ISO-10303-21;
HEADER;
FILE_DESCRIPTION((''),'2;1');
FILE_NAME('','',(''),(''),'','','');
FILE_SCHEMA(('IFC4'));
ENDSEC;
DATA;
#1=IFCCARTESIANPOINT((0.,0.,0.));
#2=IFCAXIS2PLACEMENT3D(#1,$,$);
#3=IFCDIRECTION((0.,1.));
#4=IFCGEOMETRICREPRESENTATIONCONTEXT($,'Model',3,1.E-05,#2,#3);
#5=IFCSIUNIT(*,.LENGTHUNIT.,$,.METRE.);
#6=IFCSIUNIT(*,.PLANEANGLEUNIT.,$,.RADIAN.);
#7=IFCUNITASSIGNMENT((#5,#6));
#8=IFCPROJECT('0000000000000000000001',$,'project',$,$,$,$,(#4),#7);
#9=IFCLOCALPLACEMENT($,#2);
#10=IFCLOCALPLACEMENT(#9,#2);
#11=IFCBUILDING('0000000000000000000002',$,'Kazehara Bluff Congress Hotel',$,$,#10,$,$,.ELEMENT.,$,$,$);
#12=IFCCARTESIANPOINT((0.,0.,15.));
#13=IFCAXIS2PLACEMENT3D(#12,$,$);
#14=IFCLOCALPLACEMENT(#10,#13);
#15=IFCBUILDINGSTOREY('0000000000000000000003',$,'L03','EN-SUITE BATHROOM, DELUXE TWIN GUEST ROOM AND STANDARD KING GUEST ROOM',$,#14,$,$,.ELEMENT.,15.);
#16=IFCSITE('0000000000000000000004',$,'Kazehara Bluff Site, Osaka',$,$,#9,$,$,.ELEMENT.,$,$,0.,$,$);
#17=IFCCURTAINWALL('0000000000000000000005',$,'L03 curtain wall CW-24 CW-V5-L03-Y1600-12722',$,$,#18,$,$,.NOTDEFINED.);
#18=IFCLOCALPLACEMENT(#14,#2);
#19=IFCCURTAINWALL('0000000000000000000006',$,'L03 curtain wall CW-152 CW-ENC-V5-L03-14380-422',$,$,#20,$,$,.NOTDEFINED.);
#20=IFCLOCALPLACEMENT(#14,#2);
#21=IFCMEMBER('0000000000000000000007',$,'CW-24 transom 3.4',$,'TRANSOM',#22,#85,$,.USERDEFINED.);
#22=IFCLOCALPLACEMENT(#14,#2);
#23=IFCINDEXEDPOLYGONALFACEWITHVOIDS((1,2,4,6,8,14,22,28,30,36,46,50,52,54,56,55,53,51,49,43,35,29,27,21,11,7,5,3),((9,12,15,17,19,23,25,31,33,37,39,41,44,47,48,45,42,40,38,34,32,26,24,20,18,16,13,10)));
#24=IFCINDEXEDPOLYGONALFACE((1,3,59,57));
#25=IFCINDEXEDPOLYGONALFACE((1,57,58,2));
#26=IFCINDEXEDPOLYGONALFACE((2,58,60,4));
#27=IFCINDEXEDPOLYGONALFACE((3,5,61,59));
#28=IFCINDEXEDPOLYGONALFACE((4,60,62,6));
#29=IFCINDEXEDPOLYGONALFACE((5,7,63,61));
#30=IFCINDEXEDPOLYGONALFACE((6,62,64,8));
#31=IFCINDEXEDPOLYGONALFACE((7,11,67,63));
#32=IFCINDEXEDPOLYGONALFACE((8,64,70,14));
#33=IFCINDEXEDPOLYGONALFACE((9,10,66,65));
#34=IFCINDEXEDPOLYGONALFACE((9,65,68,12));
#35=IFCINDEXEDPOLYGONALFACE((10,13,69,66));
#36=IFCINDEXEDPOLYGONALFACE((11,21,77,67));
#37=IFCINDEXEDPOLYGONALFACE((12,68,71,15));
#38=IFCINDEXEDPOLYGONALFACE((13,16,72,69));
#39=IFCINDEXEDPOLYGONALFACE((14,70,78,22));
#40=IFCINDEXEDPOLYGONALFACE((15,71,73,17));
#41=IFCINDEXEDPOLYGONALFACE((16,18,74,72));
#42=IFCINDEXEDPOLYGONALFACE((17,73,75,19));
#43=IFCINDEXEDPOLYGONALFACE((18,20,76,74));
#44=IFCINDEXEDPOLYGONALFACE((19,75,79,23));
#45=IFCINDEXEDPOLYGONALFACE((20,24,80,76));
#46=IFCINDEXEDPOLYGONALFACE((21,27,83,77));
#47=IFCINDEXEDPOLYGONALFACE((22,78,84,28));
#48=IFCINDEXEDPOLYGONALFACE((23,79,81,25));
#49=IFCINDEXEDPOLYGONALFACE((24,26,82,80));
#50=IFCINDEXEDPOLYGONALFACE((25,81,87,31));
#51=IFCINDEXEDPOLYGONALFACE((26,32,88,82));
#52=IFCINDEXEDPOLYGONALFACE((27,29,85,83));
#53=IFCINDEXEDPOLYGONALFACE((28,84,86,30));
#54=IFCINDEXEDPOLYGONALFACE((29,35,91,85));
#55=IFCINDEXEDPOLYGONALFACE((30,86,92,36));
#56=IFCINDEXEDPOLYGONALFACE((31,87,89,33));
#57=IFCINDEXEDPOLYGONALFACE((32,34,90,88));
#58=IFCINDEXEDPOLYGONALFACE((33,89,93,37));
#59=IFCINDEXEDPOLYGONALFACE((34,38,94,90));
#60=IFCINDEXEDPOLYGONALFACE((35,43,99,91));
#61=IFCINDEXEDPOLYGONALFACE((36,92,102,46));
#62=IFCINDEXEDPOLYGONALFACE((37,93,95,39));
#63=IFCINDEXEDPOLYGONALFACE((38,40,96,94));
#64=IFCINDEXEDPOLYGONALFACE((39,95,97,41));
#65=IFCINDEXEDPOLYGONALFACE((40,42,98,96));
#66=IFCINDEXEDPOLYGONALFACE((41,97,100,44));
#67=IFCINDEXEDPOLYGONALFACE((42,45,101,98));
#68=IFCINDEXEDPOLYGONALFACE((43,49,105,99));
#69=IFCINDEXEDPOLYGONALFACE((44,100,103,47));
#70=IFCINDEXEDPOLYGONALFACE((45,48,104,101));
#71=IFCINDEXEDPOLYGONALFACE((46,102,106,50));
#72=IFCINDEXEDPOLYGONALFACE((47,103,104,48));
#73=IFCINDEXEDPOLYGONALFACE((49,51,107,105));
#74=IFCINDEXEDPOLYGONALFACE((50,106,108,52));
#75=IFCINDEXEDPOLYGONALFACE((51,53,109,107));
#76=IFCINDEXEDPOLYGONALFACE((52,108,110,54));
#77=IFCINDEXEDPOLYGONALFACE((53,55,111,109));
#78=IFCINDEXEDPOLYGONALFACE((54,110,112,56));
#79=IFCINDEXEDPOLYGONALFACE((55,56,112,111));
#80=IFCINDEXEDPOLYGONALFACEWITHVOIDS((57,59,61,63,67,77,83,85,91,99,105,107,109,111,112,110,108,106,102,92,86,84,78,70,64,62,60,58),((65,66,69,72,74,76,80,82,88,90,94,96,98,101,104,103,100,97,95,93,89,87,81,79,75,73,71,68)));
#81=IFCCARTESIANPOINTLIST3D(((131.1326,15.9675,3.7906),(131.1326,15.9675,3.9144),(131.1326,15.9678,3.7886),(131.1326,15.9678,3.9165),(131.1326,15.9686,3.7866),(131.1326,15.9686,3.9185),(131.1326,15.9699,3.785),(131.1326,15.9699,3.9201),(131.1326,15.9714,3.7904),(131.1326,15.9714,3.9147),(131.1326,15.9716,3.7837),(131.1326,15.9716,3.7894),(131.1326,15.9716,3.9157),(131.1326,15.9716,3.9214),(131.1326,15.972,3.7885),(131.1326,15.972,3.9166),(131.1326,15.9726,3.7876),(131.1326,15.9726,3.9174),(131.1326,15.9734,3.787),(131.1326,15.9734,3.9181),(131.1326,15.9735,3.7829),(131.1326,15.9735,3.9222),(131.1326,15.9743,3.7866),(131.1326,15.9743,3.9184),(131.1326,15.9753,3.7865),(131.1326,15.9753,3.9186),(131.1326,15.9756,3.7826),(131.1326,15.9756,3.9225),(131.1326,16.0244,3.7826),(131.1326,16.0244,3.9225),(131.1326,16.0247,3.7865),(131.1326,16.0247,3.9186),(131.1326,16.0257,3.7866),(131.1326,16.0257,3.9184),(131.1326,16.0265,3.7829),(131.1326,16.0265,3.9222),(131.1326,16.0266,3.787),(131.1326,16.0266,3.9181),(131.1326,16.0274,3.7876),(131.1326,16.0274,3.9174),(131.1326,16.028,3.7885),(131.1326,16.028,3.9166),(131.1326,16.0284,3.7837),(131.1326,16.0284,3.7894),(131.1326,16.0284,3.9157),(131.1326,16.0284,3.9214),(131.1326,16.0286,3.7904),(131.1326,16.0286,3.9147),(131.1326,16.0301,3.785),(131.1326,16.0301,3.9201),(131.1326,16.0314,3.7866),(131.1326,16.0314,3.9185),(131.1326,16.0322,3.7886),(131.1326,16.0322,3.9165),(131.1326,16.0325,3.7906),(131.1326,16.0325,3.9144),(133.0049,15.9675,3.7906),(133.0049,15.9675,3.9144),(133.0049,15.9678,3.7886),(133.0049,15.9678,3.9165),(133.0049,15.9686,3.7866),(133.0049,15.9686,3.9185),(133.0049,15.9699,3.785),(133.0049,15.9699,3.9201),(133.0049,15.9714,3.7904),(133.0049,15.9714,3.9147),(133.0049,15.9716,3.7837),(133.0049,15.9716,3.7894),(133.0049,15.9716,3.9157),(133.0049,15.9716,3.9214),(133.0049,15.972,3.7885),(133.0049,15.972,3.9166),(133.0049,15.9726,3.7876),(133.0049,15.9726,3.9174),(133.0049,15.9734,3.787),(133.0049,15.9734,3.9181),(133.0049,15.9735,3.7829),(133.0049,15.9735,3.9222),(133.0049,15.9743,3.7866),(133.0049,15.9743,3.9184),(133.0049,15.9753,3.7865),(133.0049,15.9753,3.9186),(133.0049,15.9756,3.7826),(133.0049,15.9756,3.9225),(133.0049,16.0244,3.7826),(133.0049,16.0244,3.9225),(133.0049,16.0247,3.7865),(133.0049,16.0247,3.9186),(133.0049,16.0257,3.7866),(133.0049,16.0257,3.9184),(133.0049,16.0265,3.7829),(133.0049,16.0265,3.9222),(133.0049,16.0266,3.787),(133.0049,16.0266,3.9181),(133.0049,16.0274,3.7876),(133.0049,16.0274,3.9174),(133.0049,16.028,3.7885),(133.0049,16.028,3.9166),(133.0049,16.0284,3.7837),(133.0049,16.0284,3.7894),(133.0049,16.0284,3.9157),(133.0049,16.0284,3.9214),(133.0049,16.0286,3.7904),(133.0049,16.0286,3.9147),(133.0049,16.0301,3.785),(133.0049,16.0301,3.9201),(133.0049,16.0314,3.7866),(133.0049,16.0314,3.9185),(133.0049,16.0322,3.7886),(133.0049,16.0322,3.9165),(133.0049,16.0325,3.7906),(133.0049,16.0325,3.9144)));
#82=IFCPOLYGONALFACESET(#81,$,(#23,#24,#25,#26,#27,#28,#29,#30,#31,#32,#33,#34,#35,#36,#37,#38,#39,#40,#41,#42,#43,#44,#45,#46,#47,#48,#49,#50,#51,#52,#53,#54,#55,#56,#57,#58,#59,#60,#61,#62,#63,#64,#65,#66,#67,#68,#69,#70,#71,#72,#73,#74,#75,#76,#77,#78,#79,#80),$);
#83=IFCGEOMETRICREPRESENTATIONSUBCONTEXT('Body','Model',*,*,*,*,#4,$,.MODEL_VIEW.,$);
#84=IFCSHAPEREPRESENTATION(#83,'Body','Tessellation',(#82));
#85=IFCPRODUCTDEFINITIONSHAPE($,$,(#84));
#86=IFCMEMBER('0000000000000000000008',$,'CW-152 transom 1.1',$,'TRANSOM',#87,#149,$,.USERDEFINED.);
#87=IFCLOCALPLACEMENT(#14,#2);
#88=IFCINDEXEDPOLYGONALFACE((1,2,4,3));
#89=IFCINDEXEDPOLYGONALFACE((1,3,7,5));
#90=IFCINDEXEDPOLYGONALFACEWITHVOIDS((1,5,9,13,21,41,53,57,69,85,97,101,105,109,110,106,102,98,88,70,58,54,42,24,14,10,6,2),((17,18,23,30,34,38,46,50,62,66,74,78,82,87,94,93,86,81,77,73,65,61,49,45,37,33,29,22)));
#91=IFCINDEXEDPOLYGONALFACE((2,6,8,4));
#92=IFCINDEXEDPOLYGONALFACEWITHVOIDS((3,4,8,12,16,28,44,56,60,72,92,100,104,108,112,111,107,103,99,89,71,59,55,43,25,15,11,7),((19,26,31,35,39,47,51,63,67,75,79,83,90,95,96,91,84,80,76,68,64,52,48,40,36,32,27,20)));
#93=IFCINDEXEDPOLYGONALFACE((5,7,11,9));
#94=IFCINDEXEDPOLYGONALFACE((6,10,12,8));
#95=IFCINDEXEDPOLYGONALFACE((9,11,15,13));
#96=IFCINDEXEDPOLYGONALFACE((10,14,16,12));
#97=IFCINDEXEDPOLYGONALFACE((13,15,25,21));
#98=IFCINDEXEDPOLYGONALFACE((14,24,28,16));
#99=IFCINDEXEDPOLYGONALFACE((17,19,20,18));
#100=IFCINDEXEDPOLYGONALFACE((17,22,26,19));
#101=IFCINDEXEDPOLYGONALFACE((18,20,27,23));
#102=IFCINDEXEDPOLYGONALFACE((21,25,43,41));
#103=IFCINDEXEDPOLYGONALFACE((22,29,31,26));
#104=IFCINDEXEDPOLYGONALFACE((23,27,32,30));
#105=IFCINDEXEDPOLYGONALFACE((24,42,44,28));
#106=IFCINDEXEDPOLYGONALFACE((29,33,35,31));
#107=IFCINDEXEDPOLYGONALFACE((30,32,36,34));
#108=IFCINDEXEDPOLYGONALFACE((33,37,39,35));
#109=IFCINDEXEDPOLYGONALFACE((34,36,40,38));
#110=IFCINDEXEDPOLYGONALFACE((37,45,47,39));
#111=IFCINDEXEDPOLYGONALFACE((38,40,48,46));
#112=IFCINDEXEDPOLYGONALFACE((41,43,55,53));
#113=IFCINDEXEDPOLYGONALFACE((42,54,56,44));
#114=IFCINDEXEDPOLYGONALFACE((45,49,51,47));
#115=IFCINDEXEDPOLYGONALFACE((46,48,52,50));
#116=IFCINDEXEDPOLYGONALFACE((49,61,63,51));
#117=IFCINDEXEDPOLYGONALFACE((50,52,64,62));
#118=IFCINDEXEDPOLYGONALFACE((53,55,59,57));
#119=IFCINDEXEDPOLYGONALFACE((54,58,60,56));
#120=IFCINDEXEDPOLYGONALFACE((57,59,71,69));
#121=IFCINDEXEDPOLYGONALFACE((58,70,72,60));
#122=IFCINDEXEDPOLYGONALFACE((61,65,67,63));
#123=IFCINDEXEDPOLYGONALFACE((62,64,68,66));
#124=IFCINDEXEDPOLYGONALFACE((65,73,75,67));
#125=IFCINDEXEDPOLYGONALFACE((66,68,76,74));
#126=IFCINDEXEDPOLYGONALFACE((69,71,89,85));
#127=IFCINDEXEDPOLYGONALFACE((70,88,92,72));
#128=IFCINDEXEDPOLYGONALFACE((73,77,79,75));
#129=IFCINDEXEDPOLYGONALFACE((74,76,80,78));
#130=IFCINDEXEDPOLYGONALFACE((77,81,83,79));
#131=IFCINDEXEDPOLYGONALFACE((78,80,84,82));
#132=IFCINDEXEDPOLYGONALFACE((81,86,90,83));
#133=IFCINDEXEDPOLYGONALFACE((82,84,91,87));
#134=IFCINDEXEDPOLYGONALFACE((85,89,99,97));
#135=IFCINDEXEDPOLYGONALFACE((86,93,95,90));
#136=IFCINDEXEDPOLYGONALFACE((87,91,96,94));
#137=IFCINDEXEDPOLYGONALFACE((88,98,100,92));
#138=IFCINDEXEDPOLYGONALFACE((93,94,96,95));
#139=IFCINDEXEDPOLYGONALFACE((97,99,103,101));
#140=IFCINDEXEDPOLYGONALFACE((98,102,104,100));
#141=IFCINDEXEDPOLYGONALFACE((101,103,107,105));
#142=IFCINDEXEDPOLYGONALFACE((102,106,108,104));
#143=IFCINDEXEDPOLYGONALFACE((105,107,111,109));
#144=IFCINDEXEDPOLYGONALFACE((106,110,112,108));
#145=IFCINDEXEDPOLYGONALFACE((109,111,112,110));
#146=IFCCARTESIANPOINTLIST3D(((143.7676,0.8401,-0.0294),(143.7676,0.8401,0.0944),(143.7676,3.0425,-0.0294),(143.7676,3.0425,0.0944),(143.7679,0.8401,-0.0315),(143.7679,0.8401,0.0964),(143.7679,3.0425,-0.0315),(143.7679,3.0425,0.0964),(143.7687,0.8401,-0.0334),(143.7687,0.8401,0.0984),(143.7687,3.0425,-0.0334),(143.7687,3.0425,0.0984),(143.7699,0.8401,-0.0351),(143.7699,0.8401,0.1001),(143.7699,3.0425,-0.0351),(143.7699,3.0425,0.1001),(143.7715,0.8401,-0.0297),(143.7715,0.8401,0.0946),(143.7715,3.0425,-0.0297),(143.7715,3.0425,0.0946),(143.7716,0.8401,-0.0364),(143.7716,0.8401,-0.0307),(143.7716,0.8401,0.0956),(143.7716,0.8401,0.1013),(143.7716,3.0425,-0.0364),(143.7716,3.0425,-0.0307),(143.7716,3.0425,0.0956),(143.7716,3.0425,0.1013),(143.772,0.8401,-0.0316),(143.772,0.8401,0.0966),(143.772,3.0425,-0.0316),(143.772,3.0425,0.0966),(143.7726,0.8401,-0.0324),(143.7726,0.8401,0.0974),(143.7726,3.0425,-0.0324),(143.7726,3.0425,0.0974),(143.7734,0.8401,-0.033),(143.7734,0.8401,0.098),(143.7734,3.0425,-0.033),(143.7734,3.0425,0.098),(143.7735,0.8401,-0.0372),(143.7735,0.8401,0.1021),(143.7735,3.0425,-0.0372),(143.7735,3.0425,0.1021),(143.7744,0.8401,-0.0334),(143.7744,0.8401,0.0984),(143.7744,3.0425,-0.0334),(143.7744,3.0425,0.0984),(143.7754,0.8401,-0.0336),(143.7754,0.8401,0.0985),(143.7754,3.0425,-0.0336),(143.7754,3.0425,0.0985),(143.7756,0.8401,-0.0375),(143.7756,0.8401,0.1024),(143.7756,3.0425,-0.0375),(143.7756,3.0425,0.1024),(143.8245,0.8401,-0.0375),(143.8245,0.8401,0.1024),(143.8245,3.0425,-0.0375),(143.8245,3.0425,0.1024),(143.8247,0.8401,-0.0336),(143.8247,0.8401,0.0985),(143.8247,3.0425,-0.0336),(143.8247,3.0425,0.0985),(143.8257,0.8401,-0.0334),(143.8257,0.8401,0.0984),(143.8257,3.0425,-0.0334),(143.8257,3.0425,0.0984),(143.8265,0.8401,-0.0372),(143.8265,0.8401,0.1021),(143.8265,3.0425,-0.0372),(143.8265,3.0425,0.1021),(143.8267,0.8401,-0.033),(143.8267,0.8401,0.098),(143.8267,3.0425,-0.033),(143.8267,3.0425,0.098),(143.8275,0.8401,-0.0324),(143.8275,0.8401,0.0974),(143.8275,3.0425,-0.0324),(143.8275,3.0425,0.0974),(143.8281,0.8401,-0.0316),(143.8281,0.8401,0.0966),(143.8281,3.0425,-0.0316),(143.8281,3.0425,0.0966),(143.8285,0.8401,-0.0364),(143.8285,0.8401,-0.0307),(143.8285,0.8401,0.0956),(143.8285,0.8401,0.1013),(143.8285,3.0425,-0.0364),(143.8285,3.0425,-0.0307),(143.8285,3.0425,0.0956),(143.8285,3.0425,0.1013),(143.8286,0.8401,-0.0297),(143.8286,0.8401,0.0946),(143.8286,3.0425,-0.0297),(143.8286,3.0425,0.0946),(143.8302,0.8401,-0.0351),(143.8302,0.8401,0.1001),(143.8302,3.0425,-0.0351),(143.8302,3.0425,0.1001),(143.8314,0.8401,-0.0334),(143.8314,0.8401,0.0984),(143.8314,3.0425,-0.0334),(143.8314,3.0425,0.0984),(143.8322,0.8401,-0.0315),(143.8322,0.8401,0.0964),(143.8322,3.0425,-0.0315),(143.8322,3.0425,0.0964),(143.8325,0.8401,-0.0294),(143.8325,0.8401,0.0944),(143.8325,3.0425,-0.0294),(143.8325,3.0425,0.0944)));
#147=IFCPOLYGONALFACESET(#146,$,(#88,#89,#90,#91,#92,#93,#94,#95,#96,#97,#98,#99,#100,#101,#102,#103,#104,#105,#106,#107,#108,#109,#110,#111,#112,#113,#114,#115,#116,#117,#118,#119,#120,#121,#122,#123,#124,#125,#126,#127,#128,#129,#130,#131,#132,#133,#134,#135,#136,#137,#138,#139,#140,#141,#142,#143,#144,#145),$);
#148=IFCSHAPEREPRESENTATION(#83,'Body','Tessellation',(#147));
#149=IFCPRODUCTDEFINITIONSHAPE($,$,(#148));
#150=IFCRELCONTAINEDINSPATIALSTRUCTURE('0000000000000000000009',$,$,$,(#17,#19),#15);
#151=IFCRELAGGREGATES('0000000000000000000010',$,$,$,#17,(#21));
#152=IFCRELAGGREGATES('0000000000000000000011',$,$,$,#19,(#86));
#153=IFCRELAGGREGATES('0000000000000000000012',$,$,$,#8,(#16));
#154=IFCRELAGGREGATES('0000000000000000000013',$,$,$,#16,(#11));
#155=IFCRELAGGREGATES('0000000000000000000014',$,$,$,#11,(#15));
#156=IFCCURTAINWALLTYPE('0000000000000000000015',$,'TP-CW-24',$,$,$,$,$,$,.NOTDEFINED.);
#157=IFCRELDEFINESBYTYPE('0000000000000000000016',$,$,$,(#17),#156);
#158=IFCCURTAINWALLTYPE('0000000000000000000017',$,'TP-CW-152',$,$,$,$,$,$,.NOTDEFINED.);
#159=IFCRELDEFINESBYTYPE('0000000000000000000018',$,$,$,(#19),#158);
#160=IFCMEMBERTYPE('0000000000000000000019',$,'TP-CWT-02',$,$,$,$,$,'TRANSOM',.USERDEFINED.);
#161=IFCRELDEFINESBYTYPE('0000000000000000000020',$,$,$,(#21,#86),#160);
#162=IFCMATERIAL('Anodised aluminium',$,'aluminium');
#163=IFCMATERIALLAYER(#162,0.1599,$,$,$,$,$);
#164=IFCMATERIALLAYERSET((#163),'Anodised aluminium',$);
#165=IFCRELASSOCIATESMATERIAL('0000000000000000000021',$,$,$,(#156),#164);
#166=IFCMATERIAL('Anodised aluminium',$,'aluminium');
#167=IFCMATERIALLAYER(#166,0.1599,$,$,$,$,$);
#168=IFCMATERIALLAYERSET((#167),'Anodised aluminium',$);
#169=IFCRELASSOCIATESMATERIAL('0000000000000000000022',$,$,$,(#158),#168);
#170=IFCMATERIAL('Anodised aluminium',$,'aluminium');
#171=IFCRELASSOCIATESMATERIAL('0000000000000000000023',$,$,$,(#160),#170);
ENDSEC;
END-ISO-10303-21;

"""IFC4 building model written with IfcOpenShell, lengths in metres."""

from ifc_helpers import new_model, si_unit, direction, frame, origin, origin_2d, place, context, subcontext, project, spatial, hollow_rectangle, extrude, material, layer, layer_set, material_profile, profile_set, type_object, element, aggregate, save


model = new_model("IFC4")

# Units and contexts
model_context = context("Model", 3, precision=1e-05, world=origin(), true_north=direction((0.0, 1.0)))
body_context = subcontext(model_context, "Body", "Model", "MODEL_VIEW")
ifc_project = project(units=[si_unit("LENGTHUNIT", "METRE"), si_unit("PLANEANGLEUNIT", "RADIAN")], contexts=[model_context])

# Site, building, storey
site_placement = place(None, origin())
site = spatial("IfcSite", under=ifc_project, at=site_placement, Name="Kazehara Bluff Site, Osaka", CompositionType="ELEMENT", RefElevation=0.0)
building_placement = place(site_placement, origin())
building = spatial("IfcBuilding", under=site, at=building_placement, Name="Kazehara Bluff Congress Hotel", CompositionType="ELEMENT")
storey_placement = place(building_placement, frame((0.0, 0.0, 15.0)))
storey = spatial("IfcBuildingStorey", under=building, at=storey_placement, Name="L03", Description="EN-SUITE BATHROOM, DELUXE TWIN GUEST ROOM AND STANDARD KING GUEST ROOM", CompositionType="ELEMENT", Elevation=15.0)

# Curtain walls
ifc_material_1 = material(Name="Anodised aluminium", Category="aluminium")
ifc_layer_1 = layer(ifc_material_1, 0.1599)
ifc_layer_set_1 = layer_set([ifc_layer_1], Name="Anodised aluminium")
curtain_wall_type_1 = type_object("IfcCurtainWallType", Name="TP-CW-24", PredefinedType="NOTDEFINED", material=ifc_layer_set_1)
curtain_wall_1_placement = place(storey_placement, origin())
curtain_wall_1 = element("IfcCurtainWall", 1, at=curtain_wall_1_placement, inside=storey, type_object=curtain_wall_type_1, Name="L03 curtain wall CW-24 CW-V5-L03-Y1600-12722", PredefinedType="NOTDEFINED")
ifc_material_2 = material(Name="Anodised aluminium", Category="aluminium")
ifc_layer_2 = layer(ifc_material_2, 0.1599)
ifc_layer_set_2 = layer_set([ifc_layer_2], Name="Anodised aluminium")
curtain_wall_type_2 = type_object("IfcCurtainWallType", Name="TP-CW-152", PredefinedType="NOTDEFINED", material=ifc_layer_set_2)
curtain_wall_2_placement = place(storey_placement, origin())
curtain_wall_2 = element("IfcCurtainWall", 2, at=curtain_wall_2_placement, inside=storey, type_object=curtain_wall_type_2, Name="L03 curtain wall CW-152 CW-ENC-V5-L03-14380-422", PredefinedType="NOTDEFINED")

# Members
ifc_material_3 = material(Name="Anodised aluminium", Category="aluminium")
ifc_material_profile_1 = material_profile(ifc_material_3, hollow_rectangle(XDim=0.0649, YDim=0.1399, WallThickness=0.0039, InnerFilletRadius=0.0039, OuterFilletRadius=0.0081, at=origin_2d()))
ifc_profile_set_1 = profile_set([ifc_material_profile_1], Name="Anodised aluminium")
member_type_1 = type_object("IfcMemberType", Name="TP-CWT-02", ElementType="TRANSOM", PredefinedType="USERDEFINED", material=ifc_profile_set_1)
member_1_placement = place(storey_placement, frame((131.1326, 16.0, 3.8525), z_axis=(1.0, 0.0, 0.0), x_axis=(0.0, 1.0, 0.0)))
member_1 = element("IfcMember", 3, at=member_1_placement, type_object=member_type_1, Name="CW-24 transom 3.4", ObjectType="TRANSOM", PredefinedType="USERDEFINED", context=body_context, shape_type="SweptSolid", body=[
    extrude(hollow_rectangle(XDim=0.0649, YDim=0.1399, WallThickness=0.0039, InnerFilletRadius=0.0039, OuterFilletRadius=0.0081, at=origin_2d()), origin(), (0.0, 0.0, 1.0), 1.8723),
])
member_2_placement = place(storey_placement, frame((143.8, 0.8401, 0.0325), z_axis=(0.0, 1.0, 0.0), x_axis=(-1.0, 0.0, 0.0)))
member_2 = element("IfcMember", 4, at=member_2_placement, type_object=member_type_1, Name="CW-152 transom 1.1", ObjectType="TRANSOM", PredefinedType="USERDEFINED", context=body_context, shape_type="SweptSolid", body=[
    extrude(hollow_rectangle(XDim=0.0649, YDim=0.1399, WallThickness=0.0039, InnerFilletRadius=0.0039, OuterFilletRadius=0.0081, at=origin_2d()), origin(), (0.0, 0.0, 1.0), 2.2024),
])

aggregate(curtain_wall_1, [member_1])
aggregate(curtain_wall_2, [member_2])

save(model, "model.ifc")
